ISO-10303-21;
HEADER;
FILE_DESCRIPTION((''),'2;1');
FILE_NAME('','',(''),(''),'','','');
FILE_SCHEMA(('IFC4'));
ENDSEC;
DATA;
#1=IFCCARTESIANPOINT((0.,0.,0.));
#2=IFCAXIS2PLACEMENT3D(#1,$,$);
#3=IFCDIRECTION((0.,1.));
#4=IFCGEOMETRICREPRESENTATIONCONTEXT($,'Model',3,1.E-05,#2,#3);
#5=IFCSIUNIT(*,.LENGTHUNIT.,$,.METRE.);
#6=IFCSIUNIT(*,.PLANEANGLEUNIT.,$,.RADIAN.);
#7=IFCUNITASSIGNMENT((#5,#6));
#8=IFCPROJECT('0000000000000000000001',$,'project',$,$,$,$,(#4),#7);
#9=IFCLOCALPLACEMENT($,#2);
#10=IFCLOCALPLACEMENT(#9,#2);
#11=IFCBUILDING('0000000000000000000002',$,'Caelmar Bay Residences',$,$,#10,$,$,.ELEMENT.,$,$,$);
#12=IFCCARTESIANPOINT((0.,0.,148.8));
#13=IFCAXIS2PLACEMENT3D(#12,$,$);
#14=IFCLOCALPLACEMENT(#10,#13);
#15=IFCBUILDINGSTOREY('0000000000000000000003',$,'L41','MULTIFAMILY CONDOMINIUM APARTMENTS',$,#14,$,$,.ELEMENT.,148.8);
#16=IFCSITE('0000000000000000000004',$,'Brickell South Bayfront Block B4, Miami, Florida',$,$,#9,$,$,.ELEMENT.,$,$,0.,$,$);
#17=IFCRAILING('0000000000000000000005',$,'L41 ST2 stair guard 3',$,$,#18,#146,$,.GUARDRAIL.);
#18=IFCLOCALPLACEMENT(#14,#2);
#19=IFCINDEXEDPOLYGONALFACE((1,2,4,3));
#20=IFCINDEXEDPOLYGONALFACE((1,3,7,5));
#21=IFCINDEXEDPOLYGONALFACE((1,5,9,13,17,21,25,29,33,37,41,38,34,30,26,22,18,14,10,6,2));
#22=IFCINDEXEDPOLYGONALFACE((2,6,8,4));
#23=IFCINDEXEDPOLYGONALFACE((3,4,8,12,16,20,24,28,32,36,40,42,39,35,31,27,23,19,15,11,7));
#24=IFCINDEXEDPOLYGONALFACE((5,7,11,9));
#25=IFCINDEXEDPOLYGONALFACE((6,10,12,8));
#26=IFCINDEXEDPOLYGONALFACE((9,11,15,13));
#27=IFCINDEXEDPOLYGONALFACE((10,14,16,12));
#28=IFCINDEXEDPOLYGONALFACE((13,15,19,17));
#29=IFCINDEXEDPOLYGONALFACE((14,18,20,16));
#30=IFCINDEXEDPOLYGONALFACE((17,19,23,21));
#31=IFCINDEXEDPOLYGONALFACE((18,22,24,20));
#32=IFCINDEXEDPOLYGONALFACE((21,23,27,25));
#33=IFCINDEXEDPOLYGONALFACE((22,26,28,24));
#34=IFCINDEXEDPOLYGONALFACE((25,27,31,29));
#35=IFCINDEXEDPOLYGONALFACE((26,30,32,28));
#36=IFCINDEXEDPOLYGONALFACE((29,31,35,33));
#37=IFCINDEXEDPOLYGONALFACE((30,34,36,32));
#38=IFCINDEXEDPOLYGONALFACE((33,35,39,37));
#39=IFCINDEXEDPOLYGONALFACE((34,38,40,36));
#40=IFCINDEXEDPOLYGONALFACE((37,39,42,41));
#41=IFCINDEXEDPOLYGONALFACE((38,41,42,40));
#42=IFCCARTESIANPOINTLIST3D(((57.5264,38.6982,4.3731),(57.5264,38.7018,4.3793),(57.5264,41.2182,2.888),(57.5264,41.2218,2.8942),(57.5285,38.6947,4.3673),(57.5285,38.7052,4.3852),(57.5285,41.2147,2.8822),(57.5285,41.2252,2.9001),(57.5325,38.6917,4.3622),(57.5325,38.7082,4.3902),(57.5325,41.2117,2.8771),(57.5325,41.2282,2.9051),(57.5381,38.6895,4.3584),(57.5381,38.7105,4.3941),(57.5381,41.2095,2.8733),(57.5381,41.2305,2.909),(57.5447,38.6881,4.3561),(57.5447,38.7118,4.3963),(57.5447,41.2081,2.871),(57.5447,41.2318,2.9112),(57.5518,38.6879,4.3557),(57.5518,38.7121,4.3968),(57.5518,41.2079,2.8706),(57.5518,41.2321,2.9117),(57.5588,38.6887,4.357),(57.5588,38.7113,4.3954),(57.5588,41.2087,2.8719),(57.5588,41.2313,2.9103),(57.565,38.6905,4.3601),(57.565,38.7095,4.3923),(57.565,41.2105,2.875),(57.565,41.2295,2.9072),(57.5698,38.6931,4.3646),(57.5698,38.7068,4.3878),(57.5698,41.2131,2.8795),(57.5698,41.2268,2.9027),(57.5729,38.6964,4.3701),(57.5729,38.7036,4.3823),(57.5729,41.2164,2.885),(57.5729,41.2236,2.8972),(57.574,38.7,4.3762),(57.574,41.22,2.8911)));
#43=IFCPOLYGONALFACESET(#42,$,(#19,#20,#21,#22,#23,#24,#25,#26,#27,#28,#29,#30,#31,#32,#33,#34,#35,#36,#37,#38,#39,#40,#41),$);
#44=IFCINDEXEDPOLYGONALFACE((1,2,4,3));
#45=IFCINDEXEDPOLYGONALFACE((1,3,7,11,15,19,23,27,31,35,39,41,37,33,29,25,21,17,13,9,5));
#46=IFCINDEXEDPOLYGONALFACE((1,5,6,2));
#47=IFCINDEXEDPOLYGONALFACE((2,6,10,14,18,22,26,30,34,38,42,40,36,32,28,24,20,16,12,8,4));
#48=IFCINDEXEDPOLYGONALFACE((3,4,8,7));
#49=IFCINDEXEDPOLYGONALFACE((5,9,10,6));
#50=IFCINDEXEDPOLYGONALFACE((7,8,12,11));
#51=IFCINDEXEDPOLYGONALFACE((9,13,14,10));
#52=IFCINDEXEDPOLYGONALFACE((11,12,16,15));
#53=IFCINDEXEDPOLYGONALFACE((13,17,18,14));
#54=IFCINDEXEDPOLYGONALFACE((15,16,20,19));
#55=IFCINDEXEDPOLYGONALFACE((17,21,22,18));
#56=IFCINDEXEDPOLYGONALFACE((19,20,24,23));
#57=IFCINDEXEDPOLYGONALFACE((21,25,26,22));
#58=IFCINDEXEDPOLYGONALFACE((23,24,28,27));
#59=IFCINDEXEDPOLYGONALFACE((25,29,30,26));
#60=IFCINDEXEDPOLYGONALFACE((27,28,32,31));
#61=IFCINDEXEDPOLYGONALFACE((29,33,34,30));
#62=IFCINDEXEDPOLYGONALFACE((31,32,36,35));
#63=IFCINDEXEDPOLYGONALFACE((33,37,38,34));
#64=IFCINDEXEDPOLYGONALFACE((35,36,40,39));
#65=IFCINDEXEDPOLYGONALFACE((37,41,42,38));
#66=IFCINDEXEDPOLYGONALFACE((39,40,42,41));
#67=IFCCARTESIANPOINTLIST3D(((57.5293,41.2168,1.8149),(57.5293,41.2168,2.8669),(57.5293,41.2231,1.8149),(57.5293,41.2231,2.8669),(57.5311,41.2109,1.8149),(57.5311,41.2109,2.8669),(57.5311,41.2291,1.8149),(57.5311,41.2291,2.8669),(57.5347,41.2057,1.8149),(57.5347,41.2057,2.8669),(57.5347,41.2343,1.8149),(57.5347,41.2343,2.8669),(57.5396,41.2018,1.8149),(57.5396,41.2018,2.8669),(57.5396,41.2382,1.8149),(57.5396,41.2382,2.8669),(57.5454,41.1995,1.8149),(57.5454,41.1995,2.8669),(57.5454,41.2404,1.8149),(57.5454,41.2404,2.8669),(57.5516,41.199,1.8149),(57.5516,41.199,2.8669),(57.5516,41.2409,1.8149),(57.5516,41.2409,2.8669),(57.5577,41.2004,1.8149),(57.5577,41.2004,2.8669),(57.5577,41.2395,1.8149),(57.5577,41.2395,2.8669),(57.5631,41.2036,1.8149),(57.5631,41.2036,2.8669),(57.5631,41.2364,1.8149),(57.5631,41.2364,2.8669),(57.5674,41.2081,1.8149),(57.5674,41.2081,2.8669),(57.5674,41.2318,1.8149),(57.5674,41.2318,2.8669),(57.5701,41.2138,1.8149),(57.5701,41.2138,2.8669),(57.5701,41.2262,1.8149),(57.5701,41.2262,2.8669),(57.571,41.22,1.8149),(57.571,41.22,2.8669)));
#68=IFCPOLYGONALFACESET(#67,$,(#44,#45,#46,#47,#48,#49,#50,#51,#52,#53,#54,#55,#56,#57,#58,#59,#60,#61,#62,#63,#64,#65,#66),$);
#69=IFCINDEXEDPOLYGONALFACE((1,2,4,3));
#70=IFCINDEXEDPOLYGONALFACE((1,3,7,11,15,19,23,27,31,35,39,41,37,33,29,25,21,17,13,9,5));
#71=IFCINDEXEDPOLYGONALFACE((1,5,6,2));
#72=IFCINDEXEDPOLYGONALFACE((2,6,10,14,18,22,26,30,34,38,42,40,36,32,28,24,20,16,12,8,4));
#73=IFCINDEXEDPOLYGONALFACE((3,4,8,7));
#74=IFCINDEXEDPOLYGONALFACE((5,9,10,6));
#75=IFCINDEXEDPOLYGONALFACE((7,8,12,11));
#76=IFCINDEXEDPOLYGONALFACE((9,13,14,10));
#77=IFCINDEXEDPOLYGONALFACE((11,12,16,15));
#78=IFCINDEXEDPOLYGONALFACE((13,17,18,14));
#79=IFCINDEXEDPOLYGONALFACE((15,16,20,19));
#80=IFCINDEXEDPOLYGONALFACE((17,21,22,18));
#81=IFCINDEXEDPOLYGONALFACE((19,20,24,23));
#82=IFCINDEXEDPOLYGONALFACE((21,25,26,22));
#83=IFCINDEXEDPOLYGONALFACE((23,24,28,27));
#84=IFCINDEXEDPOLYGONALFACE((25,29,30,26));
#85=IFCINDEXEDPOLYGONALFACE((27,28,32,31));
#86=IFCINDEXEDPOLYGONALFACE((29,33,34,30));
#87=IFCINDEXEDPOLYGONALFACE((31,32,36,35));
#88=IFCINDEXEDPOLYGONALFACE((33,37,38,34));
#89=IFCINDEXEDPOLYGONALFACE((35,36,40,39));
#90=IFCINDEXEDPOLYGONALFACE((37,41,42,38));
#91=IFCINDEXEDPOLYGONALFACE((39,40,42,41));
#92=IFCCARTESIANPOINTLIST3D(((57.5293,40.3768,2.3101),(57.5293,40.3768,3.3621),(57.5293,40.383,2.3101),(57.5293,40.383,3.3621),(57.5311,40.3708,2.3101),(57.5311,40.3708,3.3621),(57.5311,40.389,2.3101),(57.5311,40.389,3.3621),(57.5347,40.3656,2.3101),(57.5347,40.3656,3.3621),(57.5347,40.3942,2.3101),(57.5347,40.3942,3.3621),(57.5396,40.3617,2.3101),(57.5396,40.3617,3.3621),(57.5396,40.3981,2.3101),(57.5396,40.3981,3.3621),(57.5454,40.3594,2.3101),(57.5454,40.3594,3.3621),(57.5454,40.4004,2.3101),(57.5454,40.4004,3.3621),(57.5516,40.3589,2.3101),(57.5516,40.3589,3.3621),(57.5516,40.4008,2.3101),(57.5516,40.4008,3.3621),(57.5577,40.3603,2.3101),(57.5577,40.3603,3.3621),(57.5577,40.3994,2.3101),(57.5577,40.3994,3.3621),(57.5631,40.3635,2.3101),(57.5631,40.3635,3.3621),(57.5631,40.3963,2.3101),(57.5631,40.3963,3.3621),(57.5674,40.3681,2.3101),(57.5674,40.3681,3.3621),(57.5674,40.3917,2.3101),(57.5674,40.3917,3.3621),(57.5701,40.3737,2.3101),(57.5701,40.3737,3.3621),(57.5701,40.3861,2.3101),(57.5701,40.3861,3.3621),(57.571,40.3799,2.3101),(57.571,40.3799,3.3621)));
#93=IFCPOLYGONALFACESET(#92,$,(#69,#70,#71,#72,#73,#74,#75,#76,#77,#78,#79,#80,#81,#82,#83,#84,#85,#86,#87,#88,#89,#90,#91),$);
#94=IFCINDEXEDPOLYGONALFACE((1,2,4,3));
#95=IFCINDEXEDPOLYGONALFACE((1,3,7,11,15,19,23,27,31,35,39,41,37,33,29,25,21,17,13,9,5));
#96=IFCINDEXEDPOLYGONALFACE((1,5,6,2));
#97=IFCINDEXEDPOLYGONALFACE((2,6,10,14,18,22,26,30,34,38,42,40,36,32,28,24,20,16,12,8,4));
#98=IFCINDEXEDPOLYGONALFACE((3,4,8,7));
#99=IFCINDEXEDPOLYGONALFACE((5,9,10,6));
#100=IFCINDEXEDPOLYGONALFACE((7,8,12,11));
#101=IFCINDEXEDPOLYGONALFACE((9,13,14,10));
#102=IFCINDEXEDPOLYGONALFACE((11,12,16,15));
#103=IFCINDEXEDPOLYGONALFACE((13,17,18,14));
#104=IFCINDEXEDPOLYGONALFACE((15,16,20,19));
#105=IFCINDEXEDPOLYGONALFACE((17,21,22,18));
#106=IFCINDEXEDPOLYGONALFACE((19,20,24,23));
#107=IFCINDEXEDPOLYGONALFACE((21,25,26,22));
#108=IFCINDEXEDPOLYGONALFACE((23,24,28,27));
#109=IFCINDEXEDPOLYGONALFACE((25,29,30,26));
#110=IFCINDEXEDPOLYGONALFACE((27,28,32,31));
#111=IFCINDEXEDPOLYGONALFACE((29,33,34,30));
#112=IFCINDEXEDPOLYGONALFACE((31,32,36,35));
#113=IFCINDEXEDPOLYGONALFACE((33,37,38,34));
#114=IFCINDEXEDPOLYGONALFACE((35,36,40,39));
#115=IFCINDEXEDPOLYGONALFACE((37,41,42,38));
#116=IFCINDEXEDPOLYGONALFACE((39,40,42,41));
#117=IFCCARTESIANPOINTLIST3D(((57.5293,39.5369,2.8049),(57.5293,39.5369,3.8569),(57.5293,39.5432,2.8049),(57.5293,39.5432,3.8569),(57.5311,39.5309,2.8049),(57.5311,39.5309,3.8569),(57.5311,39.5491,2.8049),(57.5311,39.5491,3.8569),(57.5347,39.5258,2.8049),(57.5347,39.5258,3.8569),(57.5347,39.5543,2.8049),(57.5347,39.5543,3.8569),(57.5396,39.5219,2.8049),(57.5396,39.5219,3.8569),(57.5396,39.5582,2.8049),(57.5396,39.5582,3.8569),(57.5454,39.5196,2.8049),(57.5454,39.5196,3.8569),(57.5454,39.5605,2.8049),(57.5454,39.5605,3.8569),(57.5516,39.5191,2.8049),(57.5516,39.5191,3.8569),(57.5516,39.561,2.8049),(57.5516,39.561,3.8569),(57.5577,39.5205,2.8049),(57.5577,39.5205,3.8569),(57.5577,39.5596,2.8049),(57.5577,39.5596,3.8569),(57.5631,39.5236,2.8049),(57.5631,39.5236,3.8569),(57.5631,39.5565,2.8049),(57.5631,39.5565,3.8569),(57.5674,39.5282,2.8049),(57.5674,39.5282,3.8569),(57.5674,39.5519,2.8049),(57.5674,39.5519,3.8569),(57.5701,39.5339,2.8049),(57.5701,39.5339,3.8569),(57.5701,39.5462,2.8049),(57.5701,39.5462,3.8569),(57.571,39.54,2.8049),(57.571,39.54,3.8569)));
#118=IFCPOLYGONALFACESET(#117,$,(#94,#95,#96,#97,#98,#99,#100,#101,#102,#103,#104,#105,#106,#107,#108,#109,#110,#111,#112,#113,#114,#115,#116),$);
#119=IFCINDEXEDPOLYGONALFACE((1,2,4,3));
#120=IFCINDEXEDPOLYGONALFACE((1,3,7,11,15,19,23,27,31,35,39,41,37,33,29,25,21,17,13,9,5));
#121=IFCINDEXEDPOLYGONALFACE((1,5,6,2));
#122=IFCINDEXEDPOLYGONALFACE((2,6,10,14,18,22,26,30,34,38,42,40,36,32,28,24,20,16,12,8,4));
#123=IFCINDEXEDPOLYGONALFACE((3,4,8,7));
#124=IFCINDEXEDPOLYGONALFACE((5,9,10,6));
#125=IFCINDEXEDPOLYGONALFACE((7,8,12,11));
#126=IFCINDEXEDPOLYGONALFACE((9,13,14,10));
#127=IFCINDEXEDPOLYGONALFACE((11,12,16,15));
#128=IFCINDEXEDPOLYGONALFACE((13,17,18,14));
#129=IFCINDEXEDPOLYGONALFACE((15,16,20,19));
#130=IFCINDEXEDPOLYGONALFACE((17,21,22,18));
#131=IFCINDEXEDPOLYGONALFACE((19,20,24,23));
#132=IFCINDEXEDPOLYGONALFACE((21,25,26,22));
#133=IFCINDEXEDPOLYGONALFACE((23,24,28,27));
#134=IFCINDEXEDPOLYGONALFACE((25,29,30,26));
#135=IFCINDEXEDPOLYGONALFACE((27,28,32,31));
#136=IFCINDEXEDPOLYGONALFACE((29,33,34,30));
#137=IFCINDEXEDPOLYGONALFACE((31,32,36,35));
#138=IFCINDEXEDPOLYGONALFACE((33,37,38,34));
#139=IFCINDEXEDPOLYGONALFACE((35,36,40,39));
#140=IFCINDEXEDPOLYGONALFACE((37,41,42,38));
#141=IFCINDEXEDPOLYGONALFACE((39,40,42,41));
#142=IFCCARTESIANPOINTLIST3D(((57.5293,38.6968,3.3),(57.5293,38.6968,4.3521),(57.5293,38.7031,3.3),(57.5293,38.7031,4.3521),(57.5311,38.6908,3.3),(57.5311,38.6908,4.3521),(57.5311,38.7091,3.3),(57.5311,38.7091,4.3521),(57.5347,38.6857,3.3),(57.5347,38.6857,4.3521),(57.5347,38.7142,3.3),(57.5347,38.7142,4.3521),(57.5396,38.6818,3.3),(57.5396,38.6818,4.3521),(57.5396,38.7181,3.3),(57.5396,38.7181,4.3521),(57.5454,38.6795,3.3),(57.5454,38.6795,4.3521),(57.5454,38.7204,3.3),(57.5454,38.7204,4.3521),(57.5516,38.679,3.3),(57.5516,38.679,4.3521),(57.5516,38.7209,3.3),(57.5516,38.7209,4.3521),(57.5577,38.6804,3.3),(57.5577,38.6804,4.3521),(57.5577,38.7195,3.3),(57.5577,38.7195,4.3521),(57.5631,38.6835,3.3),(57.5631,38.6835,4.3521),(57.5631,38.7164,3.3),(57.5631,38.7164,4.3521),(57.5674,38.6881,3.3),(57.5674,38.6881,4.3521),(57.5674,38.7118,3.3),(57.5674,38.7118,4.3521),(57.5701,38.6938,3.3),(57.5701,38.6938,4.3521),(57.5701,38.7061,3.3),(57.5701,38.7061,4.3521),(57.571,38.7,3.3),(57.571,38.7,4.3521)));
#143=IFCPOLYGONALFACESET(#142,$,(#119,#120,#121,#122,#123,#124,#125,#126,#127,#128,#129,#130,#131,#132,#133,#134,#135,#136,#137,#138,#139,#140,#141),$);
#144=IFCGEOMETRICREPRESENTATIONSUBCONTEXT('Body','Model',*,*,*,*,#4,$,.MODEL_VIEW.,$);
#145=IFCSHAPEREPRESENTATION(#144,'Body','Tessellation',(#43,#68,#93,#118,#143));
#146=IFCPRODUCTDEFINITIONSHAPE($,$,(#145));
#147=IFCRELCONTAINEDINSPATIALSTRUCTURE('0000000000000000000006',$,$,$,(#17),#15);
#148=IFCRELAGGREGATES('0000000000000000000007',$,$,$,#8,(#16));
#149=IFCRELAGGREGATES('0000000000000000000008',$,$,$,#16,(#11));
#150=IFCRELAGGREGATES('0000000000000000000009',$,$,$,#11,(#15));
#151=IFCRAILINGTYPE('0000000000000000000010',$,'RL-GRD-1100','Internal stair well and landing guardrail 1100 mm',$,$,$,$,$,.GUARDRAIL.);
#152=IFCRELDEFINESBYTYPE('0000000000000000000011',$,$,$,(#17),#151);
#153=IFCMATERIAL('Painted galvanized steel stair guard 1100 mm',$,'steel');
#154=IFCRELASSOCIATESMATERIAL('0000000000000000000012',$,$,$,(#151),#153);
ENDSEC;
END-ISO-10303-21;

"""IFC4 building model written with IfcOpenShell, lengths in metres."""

from ifc_helpers import new_model, si_unit, direction, frame, origin, origin_2d, place, context, subcontext, project, spatial, circle, extrude, material, type_object, element, save


model = new_model("IFC4")

# Units and contexts
model_context = context("Model", 3, precision=1e-05, world=origin(), true_north=direction((0.0, 1.0)))
body_context = subcontext(model_context, "Body", "Model", "MODEL_VIEW")
ifc_project = project(units=[si_unit("LENGTHUNIT", "METRE"), si_unit("PLANEANGLEUNIT", "RADIAN")], contexts=[model_context])

# Site, building, storey
site_placement = place(None, origin())
site = spatial("IfcSite", under=ifc_project, at=site_placement, Name="Brickell South Bayfront Block B4, Miami, Florida", CompositionType="ELEMENT", RefElevation=0.0)
building_placement = place(site_placement, origin())
building = spatial("IfcBuilding", under=site, at=building_placement, Name="Caelmar Bay Residences", CompositionType="ELEMENT")
storey_placement = place(building_placement, frame((0.0, 0.0, 148.8)))
storey = spatial("IfcBuildingStorey", under=building, at=storey_placement, Name="L41", Description="MULTIFAMILY CONDOMINIUM APARTMENTS", CompositionType="ELEMENT", Elevation=148.8)

# Railing
ifc_material_1 = material(Name="Painted galvanized steel stair guard 1100 mm", Category="steel")
railing_type_1 = type_object("IfcRailingType", Name="RL-GRD-1100", Description="Internal stair well and landing guardrail 1100 mm", PredefinedType="GUARDRAIL", material=ifc_material_1)
railing_1_placement = place(storey_placement, frame((57.55, 41.22, 1.8149)))
element("IfcRailing", 1, at=railing_1_placement, inside=storey, type_object=railing_type_1, Name="L41 ST2 stair guard 3", PredefinedType="GUARDRAIL", context=body_context, shape_type="SweptSolid", body=[
    extrude(circle(Radius=0.0239, at=origin_2d()), frame((0.0, 0.0, 1.0762), z_axis=(0.0, -0.861524, 0.507717), x_axis=(1.0, 0.0, 0.0)), (0.0, 0.0, 1.0), 2.925),
    extrude(circle(Radius=0.021, at=origin_2d()), origin(), (0.0, 0.0, 1.0), 1.052),
    extrude(circle(Radius=0.021, at=origin_2d()), frame((0.0, -0.8401, 0.4951)), (0.0, 0.0, 1.0), 1.052),
    extrude(circle(Radius=0.021, at=origin_2d()), frame((0.0, -1.6799, 0.99)), (0.0, 0.0, 1.0), 1.052),
    extrude(circle(Radius=0.021, at=origin_2d()), frame((0.0, -2.52, 1.4851)), (0.0, 0.0, 1.0), 1.052),
])

save(model, "model.ifc")
